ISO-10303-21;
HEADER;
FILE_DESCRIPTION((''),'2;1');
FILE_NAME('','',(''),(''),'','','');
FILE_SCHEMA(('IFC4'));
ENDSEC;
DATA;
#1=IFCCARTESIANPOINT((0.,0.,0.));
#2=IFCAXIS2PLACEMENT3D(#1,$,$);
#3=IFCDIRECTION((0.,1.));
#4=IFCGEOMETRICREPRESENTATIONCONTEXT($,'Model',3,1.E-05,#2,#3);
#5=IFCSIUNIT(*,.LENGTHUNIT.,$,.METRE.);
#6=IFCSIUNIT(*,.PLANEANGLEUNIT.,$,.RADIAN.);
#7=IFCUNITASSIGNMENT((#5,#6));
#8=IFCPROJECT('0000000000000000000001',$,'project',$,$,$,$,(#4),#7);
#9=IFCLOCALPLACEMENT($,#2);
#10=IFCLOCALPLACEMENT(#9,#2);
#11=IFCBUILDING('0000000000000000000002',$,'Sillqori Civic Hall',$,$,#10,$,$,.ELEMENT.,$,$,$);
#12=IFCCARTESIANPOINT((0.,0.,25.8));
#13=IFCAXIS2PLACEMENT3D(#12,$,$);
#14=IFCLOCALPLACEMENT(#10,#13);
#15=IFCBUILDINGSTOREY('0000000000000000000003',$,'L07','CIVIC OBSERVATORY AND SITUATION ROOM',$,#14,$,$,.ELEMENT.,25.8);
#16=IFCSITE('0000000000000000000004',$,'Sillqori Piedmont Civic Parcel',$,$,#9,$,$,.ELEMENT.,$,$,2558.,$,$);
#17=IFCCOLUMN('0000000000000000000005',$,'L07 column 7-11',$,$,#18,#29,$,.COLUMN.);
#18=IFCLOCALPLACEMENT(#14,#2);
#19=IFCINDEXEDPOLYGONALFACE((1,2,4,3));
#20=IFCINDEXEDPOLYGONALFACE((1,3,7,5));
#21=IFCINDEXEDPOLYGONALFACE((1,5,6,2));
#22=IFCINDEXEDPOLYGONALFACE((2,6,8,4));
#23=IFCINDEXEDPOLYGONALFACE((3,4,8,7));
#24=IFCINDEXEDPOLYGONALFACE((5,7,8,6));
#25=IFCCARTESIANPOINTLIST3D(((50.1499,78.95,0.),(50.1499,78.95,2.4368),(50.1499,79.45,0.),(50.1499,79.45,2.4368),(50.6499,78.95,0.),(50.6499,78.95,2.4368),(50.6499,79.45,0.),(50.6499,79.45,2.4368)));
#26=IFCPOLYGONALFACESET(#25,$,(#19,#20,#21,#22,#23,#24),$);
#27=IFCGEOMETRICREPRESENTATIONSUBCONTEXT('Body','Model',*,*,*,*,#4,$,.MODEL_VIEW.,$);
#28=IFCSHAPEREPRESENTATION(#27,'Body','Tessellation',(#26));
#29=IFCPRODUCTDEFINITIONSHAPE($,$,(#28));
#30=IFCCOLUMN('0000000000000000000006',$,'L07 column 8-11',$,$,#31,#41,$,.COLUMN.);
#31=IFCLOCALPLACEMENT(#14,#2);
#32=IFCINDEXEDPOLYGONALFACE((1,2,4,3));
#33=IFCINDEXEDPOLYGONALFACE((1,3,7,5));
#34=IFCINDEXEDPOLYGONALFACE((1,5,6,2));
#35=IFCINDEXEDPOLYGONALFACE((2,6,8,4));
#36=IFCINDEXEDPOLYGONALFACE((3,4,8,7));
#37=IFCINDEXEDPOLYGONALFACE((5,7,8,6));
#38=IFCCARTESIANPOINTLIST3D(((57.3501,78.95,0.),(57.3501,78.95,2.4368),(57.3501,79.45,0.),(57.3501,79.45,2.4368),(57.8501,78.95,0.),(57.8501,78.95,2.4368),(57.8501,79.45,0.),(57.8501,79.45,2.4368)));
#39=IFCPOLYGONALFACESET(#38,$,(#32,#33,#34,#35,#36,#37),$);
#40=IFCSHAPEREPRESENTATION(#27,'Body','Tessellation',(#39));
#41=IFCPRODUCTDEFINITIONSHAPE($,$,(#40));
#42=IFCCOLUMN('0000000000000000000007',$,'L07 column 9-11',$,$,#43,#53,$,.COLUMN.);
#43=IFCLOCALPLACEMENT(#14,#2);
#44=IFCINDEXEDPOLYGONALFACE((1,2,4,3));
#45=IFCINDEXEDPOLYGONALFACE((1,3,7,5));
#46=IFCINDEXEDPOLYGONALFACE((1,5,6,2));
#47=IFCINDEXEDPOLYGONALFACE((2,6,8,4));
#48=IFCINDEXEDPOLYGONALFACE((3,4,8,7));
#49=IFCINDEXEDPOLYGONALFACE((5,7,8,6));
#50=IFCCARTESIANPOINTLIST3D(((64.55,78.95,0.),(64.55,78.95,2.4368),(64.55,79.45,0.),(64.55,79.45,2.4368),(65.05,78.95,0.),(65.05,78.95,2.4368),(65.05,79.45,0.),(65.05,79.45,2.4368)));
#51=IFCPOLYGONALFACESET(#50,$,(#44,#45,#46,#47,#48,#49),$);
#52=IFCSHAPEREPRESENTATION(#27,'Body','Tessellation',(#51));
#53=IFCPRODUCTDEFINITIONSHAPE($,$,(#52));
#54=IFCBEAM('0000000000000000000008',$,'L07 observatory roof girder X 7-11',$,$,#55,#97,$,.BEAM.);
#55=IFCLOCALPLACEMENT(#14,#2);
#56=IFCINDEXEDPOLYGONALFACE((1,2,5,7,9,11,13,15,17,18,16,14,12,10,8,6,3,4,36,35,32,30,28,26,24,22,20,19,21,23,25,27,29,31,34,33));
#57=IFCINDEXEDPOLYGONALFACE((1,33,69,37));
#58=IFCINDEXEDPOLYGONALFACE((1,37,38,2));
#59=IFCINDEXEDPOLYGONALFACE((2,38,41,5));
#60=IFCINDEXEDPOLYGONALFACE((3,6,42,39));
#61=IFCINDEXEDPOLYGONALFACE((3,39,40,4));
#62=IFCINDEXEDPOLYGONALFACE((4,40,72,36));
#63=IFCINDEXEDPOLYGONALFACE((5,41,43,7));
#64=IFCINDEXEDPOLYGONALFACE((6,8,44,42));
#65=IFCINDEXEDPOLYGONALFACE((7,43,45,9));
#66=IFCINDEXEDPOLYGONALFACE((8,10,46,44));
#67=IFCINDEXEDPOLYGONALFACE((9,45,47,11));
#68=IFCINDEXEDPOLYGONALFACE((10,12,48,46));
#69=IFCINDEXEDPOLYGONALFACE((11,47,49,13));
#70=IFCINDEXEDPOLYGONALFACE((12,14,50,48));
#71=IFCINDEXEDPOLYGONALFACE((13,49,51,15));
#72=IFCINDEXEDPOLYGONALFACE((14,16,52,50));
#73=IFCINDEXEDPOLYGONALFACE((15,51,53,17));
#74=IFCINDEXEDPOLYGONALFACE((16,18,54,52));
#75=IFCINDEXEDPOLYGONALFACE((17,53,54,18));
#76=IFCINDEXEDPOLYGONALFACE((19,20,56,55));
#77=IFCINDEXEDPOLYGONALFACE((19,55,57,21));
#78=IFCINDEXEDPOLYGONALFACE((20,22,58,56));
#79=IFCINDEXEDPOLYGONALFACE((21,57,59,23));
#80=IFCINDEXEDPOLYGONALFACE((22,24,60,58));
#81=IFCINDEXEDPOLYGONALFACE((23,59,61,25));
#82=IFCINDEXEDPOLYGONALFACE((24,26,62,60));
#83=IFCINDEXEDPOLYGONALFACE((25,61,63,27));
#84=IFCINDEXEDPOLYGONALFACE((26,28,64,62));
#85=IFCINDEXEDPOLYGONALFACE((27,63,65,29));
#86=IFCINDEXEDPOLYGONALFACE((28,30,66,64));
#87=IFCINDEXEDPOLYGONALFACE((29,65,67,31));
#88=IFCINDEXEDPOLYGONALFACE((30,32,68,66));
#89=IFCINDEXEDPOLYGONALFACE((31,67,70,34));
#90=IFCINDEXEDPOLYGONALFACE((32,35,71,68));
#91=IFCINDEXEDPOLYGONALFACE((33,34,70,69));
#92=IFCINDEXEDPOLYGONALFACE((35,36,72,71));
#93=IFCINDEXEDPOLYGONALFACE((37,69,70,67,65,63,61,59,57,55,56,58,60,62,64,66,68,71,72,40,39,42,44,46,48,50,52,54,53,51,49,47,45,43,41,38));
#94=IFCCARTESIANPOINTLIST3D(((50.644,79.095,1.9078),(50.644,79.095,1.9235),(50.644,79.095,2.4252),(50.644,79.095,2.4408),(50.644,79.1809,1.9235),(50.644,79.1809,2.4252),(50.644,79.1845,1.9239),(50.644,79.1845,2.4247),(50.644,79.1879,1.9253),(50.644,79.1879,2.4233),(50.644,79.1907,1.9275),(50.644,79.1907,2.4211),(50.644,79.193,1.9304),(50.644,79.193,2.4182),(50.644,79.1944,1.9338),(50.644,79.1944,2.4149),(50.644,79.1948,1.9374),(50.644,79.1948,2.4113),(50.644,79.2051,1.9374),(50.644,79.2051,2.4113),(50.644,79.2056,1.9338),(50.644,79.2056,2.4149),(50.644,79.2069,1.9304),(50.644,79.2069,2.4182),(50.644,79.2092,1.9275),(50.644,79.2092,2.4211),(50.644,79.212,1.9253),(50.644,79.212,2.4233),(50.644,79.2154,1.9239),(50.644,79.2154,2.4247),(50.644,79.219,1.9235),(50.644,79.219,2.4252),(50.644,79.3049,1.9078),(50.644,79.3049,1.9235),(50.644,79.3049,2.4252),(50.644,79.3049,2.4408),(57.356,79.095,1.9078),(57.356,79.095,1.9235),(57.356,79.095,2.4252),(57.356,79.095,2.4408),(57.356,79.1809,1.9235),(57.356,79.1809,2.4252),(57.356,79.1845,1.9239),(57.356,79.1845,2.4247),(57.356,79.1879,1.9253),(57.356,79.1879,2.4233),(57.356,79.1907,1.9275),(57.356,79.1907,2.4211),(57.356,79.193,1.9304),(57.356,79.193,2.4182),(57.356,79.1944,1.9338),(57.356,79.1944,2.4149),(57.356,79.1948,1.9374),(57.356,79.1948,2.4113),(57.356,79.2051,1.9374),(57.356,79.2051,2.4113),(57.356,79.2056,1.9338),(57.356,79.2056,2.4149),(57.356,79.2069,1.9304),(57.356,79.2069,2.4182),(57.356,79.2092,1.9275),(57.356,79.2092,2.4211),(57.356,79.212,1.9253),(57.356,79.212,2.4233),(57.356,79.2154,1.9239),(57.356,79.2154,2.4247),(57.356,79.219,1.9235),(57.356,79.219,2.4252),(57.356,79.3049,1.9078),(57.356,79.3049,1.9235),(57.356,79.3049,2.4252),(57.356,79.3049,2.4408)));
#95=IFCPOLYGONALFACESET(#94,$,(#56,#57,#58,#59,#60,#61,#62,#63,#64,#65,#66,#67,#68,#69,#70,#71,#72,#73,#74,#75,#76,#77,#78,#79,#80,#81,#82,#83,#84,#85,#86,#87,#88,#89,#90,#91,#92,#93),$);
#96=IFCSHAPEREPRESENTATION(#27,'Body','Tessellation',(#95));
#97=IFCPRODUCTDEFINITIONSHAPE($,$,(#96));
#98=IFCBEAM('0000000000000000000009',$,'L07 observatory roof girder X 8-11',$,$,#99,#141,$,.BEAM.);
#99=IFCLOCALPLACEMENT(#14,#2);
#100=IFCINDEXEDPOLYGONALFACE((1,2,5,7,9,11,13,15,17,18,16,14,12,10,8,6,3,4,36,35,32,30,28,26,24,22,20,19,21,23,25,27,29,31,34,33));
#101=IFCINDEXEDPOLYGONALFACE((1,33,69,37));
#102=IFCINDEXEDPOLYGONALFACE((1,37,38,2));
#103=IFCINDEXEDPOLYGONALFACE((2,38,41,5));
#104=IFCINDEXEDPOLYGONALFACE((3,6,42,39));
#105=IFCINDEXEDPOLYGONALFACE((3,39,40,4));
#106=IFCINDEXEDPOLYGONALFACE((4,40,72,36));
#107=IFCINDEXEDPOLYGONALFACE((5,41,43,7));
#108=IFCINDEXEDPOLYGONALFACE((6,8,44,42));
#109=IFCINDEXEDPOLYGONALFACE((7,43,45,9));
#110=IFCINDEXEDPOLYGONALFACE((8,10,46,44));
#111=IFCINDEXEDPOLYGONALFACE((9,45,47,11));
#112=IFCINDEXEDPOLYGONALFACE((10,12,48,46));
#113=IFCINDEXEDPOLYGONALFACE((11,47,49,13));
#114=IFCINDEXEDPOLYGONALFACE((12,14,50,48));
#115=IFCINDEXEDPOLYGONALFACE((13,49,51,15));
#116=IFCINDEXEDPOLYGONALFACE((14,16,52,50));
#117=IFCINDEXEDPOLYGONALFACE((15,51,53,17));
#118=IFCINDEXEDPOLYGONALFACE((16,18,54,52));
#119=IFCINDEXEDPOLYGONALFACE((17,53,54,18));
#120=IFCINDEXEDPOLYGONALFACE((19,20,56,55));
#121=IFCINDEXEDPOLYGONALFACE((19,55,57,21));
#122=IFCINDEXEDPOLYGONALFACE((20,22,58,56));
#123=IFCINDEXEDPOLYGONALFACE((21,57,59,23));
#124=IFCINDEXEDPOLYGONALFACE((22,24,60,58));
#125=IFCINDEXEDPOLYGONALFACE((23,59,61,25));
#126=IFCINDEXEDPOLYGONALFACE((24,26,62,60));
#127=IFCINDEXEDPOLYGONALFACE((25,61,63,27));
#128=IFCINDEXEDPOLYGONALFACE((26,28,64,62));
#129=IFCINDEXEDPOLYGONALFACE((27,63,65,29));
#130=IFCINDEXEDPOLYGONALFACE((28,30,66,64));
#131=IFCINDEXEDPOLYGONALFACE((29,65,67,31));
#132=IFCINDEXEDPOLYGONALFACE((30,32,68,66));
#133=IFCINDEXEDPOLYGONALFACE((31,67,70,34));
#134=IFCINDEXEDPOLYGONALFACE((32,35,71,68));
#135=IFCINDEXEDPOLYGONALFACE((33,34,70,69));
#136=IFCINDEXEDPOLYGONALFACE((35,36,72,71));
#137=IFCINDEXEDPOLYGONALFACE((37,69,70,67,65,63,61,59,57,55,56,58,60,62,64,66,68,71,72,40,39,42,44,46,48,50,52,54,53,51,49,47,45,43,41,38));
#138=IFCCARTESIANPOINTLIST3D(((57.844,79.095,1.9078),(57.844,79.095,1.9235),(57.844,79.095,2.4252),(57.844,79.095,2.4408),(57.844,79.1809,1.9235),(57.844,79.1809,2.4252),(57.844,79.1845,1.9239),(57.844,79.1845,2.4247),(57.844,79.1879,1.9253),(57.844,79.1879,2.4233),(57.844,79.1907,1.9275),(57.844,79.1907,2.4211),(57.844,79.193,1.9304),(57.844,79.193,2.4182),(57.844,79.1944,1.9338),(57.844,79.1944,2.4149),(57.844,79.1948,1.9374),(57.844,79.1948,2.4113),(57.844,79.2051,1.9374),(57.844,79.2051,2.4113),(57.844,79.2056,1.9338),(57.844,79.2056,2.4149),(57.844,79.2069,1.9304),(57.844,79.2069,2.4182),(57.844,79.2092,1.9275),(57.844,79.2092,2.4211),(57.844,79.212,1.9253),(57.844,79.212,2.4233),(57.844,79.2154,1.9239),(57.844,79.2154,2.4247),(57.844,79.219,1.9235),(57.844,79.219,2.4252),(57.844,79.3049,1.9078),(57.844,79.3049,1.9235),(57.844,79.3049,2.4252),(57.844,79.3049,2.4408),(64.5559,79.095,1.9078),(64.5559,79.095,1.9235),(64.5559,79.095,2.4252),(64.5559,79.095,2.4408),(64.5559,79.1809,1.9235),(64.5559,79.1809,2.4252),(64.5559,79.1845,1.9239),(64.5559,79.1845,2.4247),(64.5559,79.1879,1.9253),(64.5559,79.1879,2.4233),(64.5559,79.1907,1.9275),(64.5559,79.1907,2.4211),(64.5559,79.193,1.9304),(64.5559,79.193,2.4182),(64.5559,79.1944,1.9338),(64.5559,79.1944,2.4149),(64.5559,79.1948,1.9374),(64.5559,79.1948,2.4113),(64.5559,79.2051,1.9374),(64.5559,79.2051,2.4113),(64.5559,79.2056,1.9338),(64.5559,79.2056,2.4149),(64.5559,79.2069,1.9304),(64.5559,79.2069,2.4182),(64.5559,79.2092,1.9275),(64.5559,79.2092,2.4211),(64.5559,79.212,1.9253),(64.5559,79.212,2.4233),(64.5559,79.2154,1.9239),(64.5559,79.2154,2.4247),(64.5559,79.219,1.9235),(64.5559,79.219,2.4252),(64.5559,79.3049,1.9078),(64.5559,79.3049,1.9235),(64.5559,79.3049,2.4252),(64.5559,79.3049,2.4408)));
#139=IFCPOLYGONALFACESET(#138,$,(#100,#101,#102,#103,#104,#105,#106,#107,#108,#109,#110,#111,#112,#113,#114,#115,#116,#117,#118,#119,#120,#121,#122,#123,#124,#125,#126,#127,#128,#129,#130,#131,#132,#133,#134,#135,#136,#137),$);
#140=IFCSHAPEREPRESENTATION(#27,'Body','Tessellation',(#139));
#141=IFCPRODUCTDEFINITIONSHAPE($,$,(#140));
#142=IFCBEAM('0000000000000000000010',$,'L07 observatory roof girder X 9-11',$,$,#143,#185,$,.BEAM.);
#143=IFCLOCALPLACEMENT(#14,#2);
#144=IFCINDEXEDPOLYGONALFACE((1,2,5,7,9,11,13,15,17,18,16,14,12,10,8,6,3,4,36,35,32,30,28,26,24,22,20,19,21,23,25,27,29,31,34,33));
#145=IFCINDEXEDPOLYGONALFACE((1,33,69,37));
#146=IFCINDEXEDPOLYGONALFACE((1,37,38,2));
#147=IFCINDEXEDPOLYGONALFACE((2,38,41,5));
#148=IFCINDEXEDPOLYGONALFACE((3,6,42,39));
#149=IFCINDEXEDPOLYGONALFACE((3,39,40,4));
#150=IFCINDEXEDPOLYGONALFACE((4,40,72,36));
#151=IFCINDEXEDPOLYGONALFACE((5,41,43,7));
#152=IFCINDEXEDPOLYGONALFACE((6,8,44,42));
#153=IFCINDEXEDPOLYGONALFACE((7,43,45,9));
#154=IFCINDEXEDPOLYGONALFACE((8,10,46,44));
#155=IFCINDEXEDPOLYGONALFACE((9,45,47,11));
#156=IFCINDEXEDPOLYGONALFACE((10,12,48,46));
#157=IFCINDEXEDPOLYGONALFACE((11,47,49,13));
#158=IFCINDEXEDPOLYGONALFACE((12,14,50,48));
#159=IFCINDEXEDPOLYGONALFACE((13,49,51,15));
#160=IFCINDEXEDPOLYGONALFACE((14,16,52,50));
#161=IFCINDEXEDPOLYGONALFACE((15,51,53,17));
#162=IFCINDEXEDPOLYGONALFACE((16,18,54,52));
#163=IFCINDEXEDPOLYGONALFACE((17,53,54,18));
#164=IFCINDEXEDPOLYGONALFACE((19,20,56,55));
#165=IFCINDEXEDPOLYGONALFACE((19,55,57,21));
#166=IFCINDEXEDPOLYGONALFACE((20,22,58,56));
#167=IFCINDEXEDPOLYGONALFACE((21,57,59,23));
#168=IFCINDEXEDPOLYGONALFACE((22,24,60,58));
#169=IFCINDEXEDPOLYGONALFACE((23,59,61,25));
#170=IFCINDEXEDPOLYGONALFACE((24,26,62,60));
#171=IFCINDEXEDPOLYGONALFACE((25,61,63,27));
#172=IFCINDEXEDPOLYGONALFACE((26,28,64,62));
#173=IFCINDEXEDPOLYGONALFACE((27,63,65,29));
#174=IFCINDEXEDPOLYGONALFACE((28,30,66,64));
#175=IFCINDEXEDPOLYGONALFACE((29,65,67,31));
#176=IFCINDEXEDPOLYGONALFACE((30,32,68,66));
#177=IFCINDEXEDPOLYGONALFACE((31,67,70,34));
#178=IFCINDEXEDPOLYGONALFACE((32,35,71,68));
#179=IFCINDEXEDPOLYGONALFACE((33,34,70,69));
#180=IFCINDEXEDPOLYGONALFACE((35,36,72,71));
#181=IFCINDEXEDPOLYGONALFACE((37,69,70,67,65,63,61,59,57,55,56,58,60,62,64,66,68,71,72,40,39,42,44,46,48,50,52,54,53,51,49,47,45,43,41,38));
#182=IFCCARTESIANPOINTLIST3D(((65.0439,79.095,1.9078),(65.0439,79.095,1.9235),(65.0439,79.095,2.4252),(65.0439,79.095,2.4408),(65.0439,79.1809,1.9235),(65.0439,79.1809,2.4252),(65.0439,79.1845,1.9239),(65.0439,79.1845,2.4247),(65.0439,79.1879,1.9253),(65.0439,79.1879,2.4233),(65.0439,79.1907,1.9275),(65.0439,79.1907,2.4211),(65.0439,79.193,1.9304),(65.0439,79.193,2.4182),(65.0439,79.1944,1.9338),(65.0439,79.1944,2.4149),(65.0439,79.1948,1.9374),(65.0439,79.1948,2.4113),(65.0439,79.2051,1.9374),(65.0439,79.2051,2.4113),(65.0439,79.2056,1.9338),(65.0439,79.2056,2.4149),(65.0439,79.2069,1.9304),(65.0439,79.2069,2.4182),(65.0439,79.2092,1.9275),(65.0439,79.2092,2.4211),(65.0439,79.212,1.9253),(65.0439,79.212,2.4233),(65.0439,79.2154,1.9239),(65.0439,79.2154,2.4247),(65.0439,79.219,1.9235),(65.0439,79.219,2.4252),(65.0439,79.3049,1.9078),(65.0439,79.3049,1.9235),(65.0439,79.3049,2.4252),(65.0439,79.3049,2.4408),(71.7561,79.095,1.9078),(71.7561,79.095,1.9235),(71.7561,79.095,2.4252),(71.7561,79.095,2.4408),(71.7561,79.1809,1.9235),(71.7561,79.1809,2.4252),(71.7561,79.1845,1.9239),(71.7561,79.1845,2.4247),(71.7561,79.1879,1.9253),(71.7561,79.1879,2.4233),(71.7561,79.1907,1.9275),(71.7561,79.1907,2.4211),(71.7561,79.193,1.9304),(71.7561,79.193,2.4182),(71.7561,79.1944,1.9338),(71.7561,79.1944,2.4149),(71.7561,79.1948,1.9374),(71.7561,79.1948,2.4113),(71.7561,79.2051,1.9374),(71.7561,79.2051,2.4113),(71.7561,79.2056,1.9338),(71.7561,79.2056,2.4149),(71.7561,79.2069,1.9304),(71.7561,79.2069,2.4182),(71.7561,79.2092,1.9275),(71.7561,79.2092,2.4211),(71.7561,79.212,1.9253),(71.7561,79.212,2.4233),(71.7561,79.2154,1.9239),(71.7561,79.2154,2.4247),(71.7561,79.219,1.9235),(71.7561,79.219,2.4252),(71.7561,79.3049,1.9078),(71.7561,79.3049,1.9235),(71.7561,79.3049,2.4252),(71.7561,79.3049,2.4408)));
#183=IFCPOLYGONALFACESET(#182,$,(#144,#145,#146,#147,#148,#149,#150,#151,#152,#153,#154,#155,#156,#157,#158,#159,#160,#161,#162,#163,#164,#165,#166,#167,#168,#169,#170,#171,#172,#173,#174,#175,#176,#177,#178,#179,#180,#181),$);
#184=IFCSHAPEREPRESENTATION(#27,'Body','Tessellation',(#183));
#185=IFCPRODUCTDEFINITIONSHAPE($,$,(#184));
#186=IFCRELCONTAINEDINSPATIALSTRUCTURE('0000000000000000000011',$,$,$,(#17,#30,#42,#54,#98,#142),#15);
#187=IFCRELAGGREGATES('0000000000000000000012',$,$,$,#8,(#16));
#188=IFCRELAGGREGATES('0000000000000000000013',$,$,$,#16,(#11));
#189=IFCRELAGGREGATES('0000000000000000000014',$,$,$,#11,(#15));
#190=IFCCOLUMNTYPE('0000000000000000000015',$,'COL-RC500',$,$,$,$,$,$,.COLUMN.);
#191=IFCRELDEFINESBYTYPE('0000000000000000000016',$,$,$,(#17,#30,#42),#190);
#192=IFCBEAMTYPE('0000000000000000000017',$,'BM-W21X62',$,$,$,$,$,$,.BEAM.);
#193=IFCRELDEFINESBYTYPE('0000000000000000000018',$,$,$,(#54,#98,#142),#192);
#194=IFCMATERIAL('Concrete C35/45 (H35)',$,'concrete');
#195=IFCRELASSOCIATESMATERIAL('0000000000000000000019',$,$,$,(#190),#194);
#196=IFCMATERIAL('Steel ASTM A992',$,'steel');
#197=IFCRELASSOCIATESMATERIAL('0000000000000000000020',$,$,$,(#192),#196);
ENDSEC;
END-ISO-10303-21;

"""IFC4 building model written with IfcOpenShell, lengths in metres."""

from ifc_helpers import new_model, si_unit, direction, frame, origin, origin_2d, place, context, subcontext, project, spatial, rectangle, i_section, extrude, material, material_profile, profile_set, type_object, element, save


model = new_model("IFC4")

# Units and contexts
model_context = context("Model", 3, precision=1e-05, world=origin(), true_north=direction((0.0, 1.0)))
body_context = subcontext(model_context, "Body", "Model", "MODEL_VIEW")
ifc_project = project(units=[si_unit("LENGTHUNIT", "METRE"), si_unit("PLANEANGLEUNIT", "RADIAN")], contexts=[model_context])

# Site, building, storey
site_placement = place(None, origin())
site = spatial("IfcSite", under=ifc_project, at=site_placement, Name="Sillqori Piedmont Civic Parcel", CompositionType="ELEMENT", RefElevation=2558.0)
building_placement = place(site_placement, origin())
building = spatial("IfcBuilding", under=site, at=building_placement, Name="Sillqori Civic Hall", CompositionType="ELEMENT")
storey_placement = place(building_placement, frame((0.0, 0.0, 25.8)))
storey = spatial("IfcBuildingStorey", under=building, at=storey_placement, Name="L07", Description="CIVIC OBSERVATORY AND SITUATION ROOM", CompositionType="ELEMENT", Elevation=25.8)

# Columns
ifc_material_1 = material(Name="Concrete C35/45 (H35)", Category="concrete")
ifc_material_profile_1 = material_profile(ifc_material_1, rectangle(XDim=0.5, YDim=0.5, at=origin_2d()), Name="RC 500x500")
ifc_profile_set_1 = profile_set([ifc_material_profile_1], Name="Concrete C35/45 (H35)")
column_type = type_object("IfcColumnType", Name="COL-RC500", PredefinedType="COLUMN", material=ifc_profile_set_1)
for number, where, z_axis, x_axis, name in (
    (1, (50.3999, 79.2, 0.0), (0.0, 0.0, 1.0), (1.0, 0.0, 0.0), "L07 column 7-11"),
    (2, (57.6001, 79.2, 0.0), (0.0, 0.0, 1.0), (1.0, 0.0, 0.0), "L07 column 8-11"),
    (3, (64.8, 79.2, 0.0), (0.0, 0.0, 1.0), (1.0, 0.0, 0.0), "L07 column 9-11"),
):
    element("IfcColumn", number, at=place(storey_placement, frame(where, z_axis=z_axis, x_axis=x_axis)), inside=storey, type_object=column_type, Name=name, PredefinedType="COLUMN", context=body_context, shape_type="SweptSolid", body=[
        extrude(rectangle(XDim=0.5, YDim=0.5, at=origin_2d()), origin(), (0.0, 0.0, 1.0), 2.4368),
    ])

# Beams
ifc_material_2 = material(Name="Steel ASTM A992", Category="steel")
ifc_material_profile_2 = material_profile(ifc_material_2, i_section(OverallWidth=0.21, OverallDepth=0.533, WebThickness=0.0103, FlangeThickness=0.0156, FilletRadius=0.0139, at=origin_2d()), Name="W21X62")
ifc_profile_set_2 = profile_set([ifc_material_profile_2], Name="Steel ASTM A992")
beam_type = type_object("IfcBeamType", Name="BM-W21X62", PredefinedType="BEAM", material=ifc_profile_set_2)
for number, where, z_axis, x_axis, name in (
    (4, (50.644, 79.2, 2.1743), (1.0, 0.0, 0.0), (0.0, 1.0, 0.0), "L07 observatory roof girder X 7-11"),
    (5, (57.844, 79.2, 2.1743), (1.0, 0.0, 0.0), (0.0, 1.0, 0.0), "L07 observatory roof girder X 8-11"),
):
    element("IfcBeam", number, at=place(storey_placement, frame(where, z_axis=z_axis, x_axis=x_axis)), inside=storey, type_object=beam_type, Name=name, PredefinedType="BEAM", context=body_context, shape_type="SweptSolid", body=[
        extrude(i_section(OverallWidth=0.21, OverallDepth=0.533, WebThickness=0.0103, FlangeThickness=0.0156, FilletRadius=0.0139, at=origin_2d()), origin(), (0.0, 0.0, 1.0), 6.7119),
    ])
beam_1_placement = place(storey_placement, frame((65.0439, 79.2, 2.1743), z_axis=(1.0, 0.0, 0.0), x_axis=(0.0, 1.0, 0.0)))
element("IfcBeam", 6, at=beam_1_placement, inside=storey, type_object=beam_type, Name="L07 observatory roof girder X 9-11", PredefinedType="BEAM", context=body_context, shape_type="SweptSolid", body=[
    extrude(i_section(OverallWidth=0.21, OverallDepth=0.533, WebThickness=0.0103, FlangeThickness=0.0156, FilletRadius=0.0139, at=origin_2d()), origin(), (0.0, 0.0, 1.0), 6.7122),
])

save(model, "model.ifc")
